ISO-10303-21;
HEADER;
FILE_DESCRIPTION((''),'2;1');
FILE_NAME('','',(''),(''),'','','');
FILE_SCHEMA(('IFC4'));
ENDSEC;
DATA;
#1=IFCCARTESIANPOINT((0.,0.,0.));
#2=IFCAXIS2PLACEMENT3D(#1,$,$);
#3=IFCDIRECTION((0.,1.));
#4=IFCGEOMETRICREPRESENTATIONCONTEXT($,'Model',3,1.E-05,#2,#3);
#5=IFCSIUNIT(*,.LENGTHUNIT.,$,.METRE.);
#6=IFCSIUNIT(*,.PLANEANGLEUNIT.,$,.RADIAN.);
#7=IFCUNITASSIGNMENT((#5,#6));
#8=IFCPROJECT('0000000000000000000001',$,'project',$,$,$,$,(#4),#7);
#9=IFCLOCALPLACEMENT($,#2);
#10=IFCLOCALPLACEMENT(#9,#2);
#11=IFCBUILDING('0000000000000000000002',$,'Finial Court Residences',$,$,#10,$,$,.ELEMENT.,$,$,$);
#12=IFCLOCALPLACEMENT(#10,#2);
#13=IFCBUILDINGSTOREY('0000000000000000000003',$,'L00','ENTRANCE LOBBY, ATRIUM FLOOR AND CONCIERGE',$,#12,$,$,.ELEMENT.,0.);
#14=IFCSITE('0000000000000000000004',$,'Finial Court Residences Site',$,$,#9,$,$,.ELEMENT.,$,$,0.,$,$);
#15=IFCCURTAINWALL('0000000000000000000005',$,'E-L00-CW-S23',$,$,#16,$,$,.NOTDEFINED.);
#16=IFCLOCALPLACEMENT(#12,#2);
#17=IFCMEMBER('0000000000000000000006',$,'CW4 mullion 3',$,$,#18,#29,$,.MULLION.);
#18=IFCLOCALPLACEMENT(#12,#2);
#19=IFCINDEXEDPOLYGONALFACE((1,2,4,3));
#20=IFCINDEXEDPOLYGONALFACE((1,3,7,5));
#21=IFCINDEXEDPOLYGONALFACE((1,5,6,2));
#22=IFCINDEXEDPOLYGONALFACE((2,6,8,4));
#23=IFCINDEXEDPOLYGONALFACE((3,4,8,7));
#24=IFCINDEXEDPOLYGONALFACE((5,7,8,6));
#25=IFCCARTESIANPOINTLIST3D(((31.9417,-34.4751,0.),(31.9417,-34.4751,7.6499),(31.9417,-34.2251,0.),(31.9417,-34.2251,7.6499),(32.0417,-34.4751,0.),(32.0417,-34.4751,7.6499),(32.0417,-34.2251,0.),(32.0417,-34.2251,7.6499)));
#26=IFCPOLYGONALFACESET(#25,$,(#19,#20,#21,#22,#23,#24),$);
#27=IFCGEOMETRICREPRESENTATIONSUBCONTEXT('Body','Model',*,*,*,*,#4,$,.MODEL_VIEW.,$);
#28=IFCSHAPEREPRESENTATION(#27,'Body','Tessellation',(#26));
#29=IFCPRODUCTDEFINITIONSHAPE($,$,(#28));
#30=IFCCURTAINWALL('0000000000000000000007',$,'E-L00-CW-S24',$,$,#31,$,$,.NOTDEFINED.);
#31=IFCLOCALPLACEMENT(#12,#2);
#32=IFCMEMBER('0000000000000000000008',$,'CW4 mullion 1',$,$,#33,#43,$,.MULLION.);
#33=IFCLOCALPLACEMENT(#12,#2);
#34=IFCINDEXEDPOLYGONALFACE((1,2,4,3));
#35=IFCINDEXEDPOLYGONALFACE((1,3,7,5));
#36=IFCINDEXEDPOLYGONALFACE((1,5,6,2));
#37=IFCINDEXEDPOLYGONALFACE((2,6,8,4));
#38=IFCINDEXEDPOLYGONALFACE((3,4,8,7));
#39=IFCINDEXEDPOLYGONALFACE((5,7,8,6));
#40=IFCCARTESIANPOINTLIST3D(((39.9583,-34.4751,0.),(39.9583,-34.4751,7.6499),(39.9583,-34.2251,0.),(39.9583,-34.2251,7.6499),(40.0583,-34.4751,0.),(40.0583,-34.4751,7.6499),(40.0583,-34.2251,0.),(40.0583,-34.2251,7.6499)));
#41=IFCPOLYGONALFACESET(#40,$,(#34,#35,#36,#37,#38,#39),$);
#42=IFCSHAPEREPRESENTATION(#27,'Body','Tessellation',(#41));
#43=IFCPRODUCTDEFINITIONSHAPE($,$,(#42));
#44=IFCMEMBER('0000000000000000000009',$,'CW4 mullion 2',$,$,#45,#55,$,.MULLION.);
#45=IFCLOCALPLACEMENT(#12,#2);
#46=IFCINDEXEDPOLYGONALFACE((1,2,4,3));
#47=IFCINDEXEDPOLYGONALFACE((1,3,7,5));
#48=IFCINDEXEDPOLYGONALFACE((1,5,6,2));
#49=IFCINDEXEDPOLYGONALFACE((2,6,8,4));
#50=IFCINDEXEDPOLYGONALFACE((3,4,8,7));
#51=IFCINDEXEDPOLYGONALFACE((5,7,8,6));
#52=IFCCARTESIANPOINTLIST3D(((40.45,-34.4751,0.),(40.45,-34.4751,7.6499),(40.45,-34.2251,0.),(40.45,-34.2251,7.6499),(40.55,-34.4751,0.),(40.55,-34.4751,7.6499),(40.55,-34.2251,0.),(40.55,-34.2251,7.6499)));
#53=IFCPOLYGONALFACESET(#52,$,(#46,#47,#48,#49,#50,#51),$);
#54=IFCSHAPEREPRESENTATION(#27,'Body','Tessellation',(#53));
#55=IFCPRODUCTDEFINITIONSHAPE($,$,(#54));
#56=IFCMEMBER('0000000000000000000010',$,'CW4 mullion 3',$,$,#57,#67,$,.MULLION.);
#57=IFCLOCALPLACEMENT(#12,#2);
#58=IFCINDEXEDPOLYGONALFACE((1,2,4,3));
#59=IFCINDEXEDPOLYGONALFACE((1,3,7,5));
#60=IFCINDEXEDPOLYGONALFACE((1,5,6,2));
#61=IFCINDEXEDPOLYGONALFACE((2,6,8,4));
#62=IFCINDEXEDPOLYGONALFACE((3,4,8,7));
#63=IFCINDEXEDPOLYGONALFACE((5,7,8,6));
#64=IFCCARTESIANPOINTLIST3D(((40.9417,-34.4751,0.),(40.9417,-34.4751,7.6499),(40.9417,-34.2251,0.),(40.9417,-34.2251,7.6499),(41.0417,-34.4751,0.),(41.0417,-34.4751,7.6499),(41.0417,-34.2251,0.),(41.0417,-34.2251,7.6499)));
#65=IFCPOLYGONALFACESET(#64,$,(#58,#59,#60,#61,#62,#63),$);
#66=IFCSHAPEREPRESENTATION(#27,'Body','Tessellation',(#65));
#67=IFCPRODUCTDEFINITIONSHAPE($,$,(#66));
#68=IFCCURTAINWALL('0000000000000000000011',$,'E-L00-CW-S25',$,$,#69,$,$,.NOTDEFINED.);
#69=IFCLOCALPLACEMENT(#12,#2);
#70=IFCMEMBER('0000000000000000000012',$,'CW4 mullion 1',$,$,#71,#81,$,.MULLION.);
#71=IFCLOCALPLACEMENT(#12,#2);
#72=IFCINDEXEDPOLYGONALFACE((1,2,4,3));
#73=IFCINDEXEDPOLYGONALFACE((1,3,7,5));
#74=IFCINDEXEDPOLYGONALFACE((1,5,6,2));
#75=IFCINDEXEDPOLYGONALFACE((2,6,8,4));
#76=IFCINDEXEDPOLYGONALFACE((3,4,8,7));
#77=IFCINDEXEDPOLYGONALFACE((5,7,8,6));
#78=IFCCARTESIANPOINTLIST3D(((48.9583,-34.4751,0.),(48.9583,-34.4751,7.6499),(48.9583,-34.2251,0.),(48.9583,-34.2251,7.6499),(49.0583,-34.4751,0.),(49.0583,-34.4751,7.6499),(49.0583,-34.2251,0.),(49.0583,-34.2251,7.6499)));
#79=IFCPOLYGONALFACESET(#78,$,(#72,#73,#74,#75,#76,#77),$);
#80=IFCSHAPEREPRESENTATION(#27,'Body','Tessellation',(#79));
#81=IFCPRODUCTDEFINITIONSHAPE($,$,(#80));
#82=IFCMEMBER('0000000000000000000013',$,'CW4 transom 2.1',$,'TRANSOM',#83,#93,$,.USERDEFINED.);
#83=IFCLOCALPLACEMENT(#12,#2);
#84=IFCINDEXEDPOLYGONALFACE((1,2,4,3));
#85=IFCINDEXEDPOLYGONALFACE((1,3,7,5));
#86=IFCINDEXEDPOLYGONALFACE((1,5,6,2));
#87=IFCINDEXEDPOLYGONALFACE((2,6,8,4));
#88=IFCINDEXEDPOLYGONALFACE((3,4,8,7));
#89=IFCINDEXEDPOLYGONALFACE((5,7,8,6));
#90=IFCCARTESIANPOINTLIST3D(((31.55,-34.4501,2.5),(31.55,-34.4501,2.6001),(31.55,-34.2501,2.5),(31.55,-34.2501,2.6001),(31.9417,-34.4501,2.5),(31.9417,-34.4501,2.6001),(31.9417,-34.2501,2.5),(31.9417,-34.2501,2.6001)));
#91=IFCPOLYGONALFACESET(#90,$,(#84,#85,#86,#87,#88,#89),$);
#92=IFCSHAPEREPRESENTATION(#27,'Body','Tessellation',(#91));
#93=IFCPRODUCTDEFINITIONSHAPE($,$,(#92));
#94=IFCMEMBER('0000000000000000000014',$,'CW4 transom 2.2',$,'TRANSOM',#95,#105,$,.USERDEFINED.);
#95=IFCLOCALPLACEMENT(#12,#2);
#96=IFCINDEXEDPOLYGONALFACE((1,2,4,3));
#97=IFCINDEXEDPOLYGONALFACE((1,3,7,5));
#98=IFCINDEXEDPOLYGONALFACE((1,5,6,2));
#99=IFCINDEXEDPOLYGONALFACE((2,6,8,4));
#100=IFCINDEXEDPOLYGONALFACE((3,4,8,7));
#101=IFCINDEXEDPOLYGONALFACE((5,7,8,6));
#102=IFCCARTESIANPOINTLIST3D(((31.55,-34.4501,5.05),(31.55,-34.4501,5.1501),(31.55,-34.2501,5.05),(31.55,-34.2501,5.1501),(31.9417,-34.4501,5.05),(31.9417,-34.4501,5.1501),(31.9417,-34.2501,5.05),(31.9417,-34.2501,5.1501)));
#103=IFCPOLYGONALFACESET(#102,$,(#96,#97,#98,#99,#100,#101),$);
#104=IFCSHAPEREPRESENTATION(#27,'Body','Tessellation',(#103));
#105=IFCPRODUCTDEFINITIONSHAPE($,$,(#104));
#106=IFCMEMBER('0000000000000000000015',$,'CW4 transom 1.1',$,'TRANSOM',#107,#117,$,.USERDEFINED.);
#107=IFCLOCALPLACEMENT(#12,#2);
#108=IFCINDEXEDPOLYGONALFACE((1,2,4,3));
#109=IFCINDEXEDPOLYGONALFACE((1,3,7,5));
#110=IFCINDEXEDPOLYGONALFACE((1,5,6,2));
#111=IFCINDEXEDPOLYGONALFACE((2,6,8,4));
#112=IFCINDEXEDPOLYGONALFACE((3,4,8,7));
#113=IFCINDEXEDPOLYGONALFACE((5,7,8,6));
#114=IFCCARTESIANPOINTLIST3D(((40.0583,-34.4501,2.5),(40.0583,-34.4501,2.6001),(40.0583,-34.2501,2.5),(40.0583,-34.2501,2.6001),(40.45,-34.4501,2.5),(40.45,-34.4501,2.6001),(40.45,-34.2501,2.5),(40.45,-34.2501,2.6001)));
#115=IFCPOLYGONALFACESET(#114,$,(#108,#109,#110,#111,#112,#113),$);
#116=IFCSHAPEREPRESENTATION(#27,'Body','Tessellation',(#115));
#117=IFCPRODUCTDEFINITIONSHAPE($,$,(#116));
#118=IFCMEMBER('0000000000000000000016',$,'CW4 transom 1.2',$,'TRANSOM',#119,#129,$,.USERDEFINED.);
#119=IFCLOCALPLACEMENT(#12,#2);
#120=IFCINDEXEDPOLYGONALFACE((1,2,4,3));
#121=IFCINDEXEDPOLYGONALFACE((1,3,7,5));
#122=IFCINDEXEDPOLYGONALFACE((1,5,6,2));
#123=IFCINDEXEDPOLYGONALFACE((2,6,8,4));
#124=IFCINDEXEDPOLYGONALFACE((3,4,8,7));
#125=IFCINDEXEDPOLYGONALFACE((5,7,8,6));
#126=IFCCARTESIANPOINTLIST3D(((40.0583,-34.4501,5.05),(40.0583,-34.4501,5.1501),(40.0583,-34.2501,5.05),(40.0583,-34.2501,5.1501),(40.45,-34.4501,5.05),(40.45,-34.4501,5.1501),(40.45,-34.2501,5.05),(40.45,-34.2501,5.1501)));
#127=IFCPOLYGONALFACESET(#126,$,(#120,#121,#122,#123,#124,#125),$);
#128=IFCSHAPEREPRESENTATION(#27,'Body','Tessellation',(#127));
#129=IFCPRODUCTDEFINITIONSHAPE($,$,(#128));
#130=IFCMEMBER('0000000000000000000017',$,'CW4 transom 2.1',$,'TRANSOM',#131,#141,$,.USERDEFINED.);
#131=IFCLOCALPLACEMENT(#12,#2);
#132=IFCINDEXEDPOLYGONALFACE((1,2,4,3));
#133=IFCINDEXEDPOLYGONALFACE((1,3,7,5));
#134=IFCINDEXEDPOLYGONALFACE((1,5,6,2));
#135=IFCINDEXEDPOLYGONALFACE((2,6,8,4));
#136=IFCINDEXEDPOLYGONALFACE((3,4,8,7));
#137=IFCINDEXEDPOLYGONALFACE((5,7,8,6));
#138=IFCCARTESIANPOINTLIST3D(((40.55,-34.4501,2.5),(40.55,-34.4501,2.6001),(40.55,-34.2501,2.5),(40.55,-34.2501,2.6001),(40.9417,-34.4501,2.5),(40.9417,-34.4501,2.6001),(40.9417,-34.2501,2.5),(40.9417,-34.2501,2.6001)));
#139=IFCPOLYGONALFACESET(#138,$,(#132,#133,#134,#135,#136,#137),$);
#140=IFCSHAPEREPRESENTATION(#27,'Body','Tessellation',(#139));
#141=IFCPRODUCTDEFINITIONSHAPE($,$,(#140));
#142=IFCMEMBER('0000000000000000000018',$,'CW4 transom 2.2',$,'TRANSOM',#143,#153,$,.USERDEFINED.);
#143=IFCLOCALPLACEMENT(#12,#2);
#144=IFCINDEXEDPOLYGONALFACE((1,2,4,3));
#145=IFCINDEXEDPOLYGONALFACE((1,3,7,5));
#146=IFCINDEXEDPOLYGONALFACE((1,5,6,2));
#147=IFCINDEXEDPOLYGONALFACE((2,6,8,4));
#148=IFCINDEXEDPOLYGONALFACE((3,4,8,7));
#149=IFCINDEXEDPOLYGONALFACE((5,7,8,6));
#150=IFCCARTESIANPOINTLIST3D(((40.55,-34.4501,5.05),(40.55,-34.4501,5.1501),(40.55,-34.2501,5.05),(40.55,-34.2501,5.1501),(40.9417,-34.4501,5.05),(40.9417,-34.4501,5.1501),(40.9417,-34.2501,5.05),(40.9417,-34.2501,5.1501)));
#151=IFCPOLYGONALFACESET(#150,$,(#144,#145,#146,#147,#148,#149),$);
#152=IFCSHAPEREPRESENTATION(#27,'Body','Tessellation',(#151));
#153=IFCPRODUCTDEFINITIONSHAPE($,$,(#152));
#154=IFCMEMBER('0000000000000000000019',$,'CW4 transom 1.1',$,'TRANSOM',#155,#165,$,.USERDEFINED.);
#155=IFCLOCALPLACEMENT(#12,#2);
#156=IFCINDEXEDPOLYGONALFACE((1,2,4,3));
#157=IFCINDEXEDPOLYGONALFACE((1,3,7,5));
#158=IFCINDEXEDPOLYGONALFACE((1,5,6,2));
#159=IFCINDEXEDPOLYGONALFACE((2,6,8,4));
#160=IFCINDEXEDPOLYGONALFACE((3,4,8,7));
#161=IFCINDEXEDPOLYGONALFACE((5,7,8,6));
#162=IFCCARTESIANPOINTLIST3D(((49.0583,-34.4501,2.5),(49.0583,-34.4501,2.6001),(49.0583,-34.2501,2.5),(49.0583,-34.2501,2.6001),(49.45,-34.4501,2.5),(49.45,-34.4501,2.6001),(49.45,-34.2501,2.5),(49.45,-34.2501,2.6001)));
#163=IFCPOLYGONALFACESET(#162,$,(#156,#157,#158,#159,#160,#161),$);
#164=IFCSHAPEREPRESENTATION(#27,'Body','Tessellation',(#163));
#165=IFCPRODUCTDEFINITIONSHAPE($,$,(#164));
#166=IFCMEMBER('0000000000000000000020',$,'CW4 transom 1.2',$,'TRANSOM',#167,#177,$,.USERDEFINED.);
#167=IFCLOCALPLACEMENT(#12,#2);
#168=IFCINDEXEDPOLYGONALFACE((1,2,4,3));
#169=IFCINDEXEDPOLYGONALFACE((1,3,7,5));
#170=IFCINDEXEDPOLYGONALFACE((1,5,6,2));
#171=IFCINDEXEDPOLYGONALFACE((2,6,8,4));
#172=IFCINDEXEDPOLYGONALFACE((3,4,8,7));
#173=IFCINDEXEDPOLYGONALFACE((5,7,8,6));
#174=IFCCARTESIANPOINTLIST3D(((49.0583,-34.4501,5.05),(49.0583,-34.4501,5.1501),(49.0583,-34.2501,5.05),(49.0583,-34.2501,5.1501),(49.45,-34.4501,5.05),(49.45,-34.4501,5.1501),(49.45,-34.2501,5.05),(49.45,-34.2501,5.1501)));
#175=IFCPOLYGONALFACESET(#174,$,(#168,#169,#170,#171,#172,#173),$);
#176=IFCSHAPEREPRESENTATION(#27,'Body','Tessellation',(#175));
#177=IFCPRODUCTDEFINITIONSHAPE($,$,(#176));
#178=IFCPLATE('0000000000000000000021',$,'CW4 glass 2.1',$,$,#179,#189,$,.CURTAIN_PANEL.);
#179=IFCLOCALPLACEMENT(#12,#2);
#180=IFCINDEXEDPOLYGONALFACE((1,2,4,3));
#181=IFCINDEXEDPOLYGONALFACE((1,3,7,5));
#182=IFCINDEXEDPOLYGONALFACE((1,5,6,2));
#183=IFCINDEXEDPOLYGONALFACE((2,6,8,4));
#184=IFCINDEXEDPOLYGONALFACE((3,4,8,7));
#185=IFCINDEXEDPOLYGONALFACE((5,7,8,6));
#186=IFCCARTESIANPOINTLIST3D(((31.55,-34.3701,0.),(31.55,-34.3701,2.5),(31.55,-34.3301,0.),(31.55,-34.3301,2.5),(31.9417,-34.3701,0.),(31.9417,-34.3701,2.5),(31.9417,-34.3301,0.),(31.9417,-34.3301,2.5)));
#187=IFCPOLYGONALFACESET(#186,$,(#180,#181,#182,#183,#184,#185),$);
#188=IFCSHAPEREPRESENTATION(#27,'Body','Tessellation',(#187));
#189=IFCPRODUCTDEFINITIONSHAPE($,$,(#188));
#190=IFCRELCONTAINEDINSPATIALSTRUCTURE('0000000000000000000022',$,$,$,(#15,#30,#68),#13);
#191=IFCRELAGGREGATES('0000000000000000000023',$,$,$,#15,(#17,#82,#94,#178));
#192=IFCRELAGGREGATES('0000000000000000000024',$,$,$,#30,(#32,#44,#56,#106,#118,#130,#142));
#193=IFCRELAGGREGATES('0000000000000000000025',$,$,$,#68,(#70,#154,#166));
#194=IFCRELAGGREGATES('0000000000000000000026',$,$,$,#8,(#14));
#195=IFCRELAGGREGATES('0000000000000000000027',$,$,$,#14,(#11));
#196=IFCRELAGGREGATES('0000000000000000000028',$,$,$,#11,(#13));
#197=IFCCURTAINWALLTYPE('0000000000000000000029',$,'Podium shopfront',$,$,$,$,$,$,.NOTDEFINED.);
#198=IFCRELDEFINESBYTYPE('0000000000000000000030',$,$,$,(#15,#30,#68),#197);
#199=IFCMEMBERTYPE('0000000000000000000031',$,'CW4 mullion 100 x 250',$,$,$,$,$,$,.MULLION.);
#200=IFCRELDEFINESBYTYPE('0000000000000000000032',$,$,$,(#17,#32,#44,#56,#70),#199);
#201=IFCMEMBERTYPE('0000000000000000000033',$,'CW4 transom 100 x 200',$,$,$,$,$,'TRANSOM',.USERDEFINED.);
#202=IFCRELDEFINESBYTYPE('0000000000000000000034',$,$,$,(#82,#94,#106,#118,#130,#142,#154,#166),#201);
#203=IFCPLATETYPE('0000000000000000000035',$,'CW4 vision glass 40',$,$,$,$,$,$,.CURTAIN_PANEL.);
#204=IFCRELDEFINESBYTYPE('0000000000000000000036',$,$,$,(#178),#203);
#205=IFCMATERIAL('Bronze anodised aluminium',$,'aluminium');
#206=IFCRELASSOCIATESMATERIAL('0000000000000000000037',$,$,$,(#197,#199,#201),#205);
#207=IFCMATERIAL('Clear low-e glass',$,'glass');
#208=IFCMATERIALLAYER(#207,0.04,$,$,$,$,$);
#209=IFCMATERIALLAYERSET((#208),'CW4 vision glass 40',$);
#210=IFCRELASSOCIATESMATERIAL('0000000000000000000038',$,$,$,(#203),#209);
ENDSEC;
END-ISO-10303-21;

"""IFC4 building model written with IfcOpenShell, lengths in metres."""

from ifc_helpers import new_model, si_unit, direction, frame, origin, origin_2d, place, context, subcontext, project, spatial, rectangle, extrude, material, layer, layer_set, material_profile, profile_set, type_object, element, aggregate, save


model = new_model("IFC4")

# Units and contexts
model_context = context("Model", 3, precision=1e-05, world=origin(), true_north=direction((0.0, 1.0)))
body_context = subcontext(model_context, "Body", "Model", "MODEL_VIEW")
ifc_project = project(units=[si_unit("LENGTHUNIT", "METRE"), si_unit("PLANEANGLEUNIT", "RADIAN")], contexts=[model_context])

# Site, building, storey
site_placement = place(None, origin())
site = spatial("IfcSite", under=ifc_project, at=site_placement, Name="Finial Court Residences Site", CompositionType="ELEMENT", RefElevation=0.0)
building_placement = place(site_placement, origin())
building = spatial("IfcBuilding", under=site, at=building_placement, Name="Finial Court Residences", CompositionType="ELEMENT")
storey_placement = place(building_placement, origin())
storey = spatial("IfcBuildingStorey", under=building, at=storey_placement, Name="L00", Description="ENTRANCE LOBBY, ATRIUM FLOOR AND CONCIERGE", CompositionType="ELEMENT", Elevation=0.0)

# Curtain wall, member
ifc_material_1 = material(Name="Bronze anodised aluminium", Category="aluminium")
curtain_wall_type = type_object("IfcCurtainWallType", Name="Podium shopfront", PredefinedType="NOTDEFINED", material=ifc_material_1)
curtain_wall_1_placement = place(storey_placement, origin())
curtain_wall_1 = element("IfcCurtainWall", 1, at=curtain_wall_1_placement, inside=storey, type_object=curtain_wall_type, Name="E-L00-CW-S23", PredefinedType="NOTDEFINED")
ifc_material_profile_1 = material_profile(ifc_material_1, rectangle(XDim=0.25, YDim=0.1001, at=origin_2d()), Name="CW4 mullion 100 x 250")
ifc_profile_set_1 = profile_set([ifc_material_profile_1], Name="Bronze anodised aluminium")
member_type_1 = type_object("IfcMemberType", Name="CW4 mullion 100 x 250", PredefinedType="MULLION", material=ifc_profile_set_1)
member_1_placement = place(storey_placement, frame((31.9917, -34.3501, 0.0), z_axis=(0.0, 0.0, 1.0), x_axis=(0.0, 1.0, 0.0)))
member_1 = element("IfcMember", 2, at=member_1_placement, type_object=member_type_1, Name="CW4 mullion 3", PredefinedType="MULLION", context=body_context, shape_type="SweptSolid", body=[
    extrude(rectangle(XDim=0.25, YDim=0.1001, at=origin_2d()), origin(), (0.0, 0.0, 1.0), 7.6499),
])

# Curtain wall, members
curtain_wall_2_placement = place(storey_placement, origin())
curtain_wall_2 = element("IfcCurtainWall", 3, at=curtain_wall_2_placement, inside=storey, type_object=curtain_wall_type, Name="E-L00-CW-S24", PredefinedType="NOTDEFINED")
member_2_placement = place(storey_placement, frame((40.0083, -34.3501, 0.0), z_axis=(0.0, 0.0, 1.0), x_axis=(0.0, 1.0, 0.0)))
member_2 = element("IfcMember", 4, at=member_2_placement, type_object=member_type_1, Name="CW4 mullion 1", PredefinedType="MULLION", context=body_context, shape_type="SweptSolid", body=[
    extrude(rectangle(XDim=0.25, YDim=0.1001, at=origin_2d()), origin(), (0.0, 0.0, 1.0), 7.6499),
])
member_3_placement = place(storey_placement, frame((40.5, -34.3501, 0.0), z_axis=(0.0, 0.0, 1.0), x_axis=(0.0, 1.0, 0.0)))
member_3 = element("IfcMember", 5, at=member_3_placement, type_object=member_type_1, Name="CW4 mullion 2", PredefinedType="MULLION", context=body_context, shape_type="SweptSolid", body=[
    extrude(rectangle(XDim=0.25, YDim=0.1001, at=origin_2d()), origin(), (0.0, 0.0, 1.0), 7.6499),
])
member_4_placement = place(storey_placement, frame((40.9917, -34.3501, 0.0), z_axis=(0.0, 0.0, 1.0), x_axis=(0.0, 1.0, 0.0)))
member_4 = element("IfcMember", 6, at=member_4_placement, type_object=member_type_1, Name="CW4 mullion 3", PredefinedType="MULLION", context=body_context, shape_type="SweptSolid", body=[
    extrude(rectangle(XDim=0.25, YDim=0.1001, at=origin_2d()), origin(), (0.0, 0.0, 1.0), 7.6499),
])

# Curtain wall, member
curtain_wall_3_placement = place(storey_placement, origin())
curtain_wall_3 = element("IfcCurtainWall", 7, at=curtain_wall_3_placement, inside=storey, type_object=curtain_wall_type, Name="E-L00-CW-S25", PredefinedType="NOTDEFINED")
member_5_placement = place(storey_placement, frame((49.0083, -34.3501, 0.0), z_axis=(0.0, 0.0, 1.0), x_axis=(0.0, 1.0, 0.0)))
member_5 = element("IfcMember", 8, at=member_5_placement, type_object=member_type_1, Name="CW4 mullion 1", PredefinedType="MULLION", context=body_context, shape_type="SweptSolid", body=[
    extrude(rectangle(XDim=0.25, YDim=0.1001, at=origin_2d()), origin(), (0.0, 0.0, 1.0), 7.6499),
])

# Members
ifc_material_profile_2 = material_profile(ifc_material_1, rectangle(XDim=0.2, YDim=0.1001, at=origin_2d()), Name="CW4 transom 100 x 200")
ifc_profile_set_2 = profile_set([ifc_material_profile_2], Name="Bronze anodised aluminium")
member_type_2 = type_object("IfcMemberType", Name="CW4 transom 100 x 200", ElementType="TRANSOM", PredefinedType="USERDEFINED", material=ifc_profile_set_2)
member_6_placement = place(storey_placement, frame((31.55, -34.3501, 2.55), z_axis=(1.0, 0.0, 0.0), x_axis=(0.0, 1.0, 0.0)))
member_6 = element("IfcMember", 9, at=member_6_placement, type_object=member_type_2, Name="CW4 transom 2.1", ObjectType="TRANSOM", PredefinedType="USERDEFINED", context=body_context, shape_type="SweptSolid", body=[
    extrude(rectangle(XDim=0.2, YDim=0.1001, at=origin_2d()), origin(), (0.0, 0.0, 1.0), 0.3916),
])
member_7_placement = place(storey_placement, frame((31.55, -34.3501, 5.1001), z_axis=(1.0, 0.0, 0.0), x_axis=(0.0, 1.0, 0.0)))
member_7 = element("IfcMember", 10, at=member_7_placement, type_object=member_type_2, Name="CW4 transom 2.2", ObjectType="TRANSOM", PredefinedType="USERDEFINED", context=body_context, shape_type="SweptSolid", body=[
    extrude(rectangle(XDim=0.2, YDim=0.1001, at=origin_2d()), origin(), (0.0, 0.0, 1.0), 0.3916),
])
member_8_placement = place(storey_placement, frame((40.0583, -34.3501, 2.55), z_axis=(1.0, 0.0, 0.0), x_axis=(0.0, 1.0, 0.0)))
member_8 = element("IfcMember", 11, at=member_8_placement, type_object=member_type_2, Name="CW4 transom 1.1", ObjectType="TRANSOM", PredefinedType="USERDEFINED", context=body_context, shape_type="SweptSolid", body=[
    extrude(rectangle(XDim=0.2, YDim=0.1001, at=origin_2d()), origin(), (0.0, 0.0, 1.0), 0.3916),
])
member_9_placement = place(storey_placement, frame((40.0583, -34.3501, 5.1001), z_axis=(1.0, 0.0, 0.0), x_axis=(0.0, 1.0, 0.0)))
member_9 = element("IfcMember", 12, at=member_9_placement, type_object=member_type_2, Name="CW4 transom 1.2", ObjectType="TRANSOM", PredefinedType="USERDEFINED", context=body_context, shape_type="SweptSolid", body=[
    extrude(rectangle(XDim=0.2, YDim=0.1001, at=origin_2d()), origin(), (0.0, 0.0, 1.0), 0.3916),
])
member_10_placement = place(storey_placement, frame((40.55, -34.3501, 2.55), z_axis=(1.0, 0.0, 0.0), x_axis=(0.0, 1.0, 0.0)))
member_10 = element("IfcMember", 13, at=member_10_placement, type_object=member_type_2, Name="CW4 transom 2.1", ObjectType="TRANSOM", PredefinedType="USERDEFINED", context=body_context, shape_type="SweptSolid", body=[
    extrude(rectangle(XDim=0.2, YDim=0.1001, at=origin_2d()), origin(), (0.0, 0.0, 1.0), 0.3916),
])
member_11_placement = place(storey_placement, frame((40.55, -34.3501, 5.1001), z_axis=(1.0, 0.0, 0.0), x_axis=(0.0, 1.0, 0.0)))
member_11 = element("IfcMember", 14, at=member_11_placement, type_object=member_type_2, Name="CW4 transom 2.2", ObjectType="TRANSOM", PredefinedType="USERDEFINED", context=body_context, shape_type="SweptSolid", body=[
    extrude(rectangle(XDim=0.2, YDim=0.1001, at=origin_2d()), origin(), (0.0, 0.0, 1.0), 0.3916),
])
member_12_placement = place(storey_placement, frame((49.0583, -34.3501, 2.55), z_axis=(1.0, 0.0, 0.0), x_axis=(0.0, 1.0, 0.0)))
member_12 = element("IfcMember", 15, at=member_12_placement, type_object=member_type_2, Name="CW4 transom 1.1", ObjectType="TRANSOM", PredefinedType="USERDEFINED", context=body_context, shape_type="SweptSolid", body=[
    extrude(rectangle(XDim=0.2, YDim=0.1001, at=origin_2d()), origin(), (0.0, 0.0, 1.0), 0.3916),
])
member_13_placement = place(storey_placement, frame((49.0583, -34.3501, 5.1001), z_axis=(1.0, 0.0, 0.0), x_axis=(0.0, 1.0, 0.0)))
member_13 = element("IfcMember", 16, at=member_13_placement, type_object=member_type_2, Name="CW4 transom 1.2", ObjectType="TRANSOM", PredefinedType="USERDEFINED", context=body_context, shape_type="SweptSolid", body=[
    extrude(rectangle(XDim=0.2, YDim=0.1001, at=origin_2d()), origin(), (0.0, 0.0, 1.0), 0.3916),
])

# Plate
ifc_material_2 = material(Name="Clear low-e glass", Category="glass")
ifc_layer_1 = layer(ifc_material_2, 0.04)
ifc_layer_set_1 = layer_set([ifc_layer_1], Name="CW4 vision glass 40")
plate_type = type_object("IfcPlateType", Name="CW4 vision glass 40", PredefinedType="CURTAIN_PANEL", material=ifc_layer_set_1)
plate_1_placement = place(storey_placement, frame((31.7458, -34.3501, 0.0), z_axis=(0.0, 0.0, 1.0), x_axis=(1.0, 0.0, 0.0)))
plate_1 = element("IfcPlate", 17, at=plate_1_placement, type_object=plate_type, Name="CW4 glass 2.1", PredefinedType="CURTAIN_PANEL", context=body_context, shape_type="SweptSolid", body=[
    extrude(rectangle(XDim=0.3916, YDim=0.04, at=origin_2d()), origin(), (0.0, 0.0, 1.0), 2.5),
])
aggregate(curtain_wall_1, [member_1, member_6, member_7, plate_1])
aggregate(curtain_wall_2, [member_2, member_3, member_4, member_8, member_9, member_10, member_11])
aggregate(curtain_wall_3, [member_5, member_12, member_13])

save(model, "model.ifc")
